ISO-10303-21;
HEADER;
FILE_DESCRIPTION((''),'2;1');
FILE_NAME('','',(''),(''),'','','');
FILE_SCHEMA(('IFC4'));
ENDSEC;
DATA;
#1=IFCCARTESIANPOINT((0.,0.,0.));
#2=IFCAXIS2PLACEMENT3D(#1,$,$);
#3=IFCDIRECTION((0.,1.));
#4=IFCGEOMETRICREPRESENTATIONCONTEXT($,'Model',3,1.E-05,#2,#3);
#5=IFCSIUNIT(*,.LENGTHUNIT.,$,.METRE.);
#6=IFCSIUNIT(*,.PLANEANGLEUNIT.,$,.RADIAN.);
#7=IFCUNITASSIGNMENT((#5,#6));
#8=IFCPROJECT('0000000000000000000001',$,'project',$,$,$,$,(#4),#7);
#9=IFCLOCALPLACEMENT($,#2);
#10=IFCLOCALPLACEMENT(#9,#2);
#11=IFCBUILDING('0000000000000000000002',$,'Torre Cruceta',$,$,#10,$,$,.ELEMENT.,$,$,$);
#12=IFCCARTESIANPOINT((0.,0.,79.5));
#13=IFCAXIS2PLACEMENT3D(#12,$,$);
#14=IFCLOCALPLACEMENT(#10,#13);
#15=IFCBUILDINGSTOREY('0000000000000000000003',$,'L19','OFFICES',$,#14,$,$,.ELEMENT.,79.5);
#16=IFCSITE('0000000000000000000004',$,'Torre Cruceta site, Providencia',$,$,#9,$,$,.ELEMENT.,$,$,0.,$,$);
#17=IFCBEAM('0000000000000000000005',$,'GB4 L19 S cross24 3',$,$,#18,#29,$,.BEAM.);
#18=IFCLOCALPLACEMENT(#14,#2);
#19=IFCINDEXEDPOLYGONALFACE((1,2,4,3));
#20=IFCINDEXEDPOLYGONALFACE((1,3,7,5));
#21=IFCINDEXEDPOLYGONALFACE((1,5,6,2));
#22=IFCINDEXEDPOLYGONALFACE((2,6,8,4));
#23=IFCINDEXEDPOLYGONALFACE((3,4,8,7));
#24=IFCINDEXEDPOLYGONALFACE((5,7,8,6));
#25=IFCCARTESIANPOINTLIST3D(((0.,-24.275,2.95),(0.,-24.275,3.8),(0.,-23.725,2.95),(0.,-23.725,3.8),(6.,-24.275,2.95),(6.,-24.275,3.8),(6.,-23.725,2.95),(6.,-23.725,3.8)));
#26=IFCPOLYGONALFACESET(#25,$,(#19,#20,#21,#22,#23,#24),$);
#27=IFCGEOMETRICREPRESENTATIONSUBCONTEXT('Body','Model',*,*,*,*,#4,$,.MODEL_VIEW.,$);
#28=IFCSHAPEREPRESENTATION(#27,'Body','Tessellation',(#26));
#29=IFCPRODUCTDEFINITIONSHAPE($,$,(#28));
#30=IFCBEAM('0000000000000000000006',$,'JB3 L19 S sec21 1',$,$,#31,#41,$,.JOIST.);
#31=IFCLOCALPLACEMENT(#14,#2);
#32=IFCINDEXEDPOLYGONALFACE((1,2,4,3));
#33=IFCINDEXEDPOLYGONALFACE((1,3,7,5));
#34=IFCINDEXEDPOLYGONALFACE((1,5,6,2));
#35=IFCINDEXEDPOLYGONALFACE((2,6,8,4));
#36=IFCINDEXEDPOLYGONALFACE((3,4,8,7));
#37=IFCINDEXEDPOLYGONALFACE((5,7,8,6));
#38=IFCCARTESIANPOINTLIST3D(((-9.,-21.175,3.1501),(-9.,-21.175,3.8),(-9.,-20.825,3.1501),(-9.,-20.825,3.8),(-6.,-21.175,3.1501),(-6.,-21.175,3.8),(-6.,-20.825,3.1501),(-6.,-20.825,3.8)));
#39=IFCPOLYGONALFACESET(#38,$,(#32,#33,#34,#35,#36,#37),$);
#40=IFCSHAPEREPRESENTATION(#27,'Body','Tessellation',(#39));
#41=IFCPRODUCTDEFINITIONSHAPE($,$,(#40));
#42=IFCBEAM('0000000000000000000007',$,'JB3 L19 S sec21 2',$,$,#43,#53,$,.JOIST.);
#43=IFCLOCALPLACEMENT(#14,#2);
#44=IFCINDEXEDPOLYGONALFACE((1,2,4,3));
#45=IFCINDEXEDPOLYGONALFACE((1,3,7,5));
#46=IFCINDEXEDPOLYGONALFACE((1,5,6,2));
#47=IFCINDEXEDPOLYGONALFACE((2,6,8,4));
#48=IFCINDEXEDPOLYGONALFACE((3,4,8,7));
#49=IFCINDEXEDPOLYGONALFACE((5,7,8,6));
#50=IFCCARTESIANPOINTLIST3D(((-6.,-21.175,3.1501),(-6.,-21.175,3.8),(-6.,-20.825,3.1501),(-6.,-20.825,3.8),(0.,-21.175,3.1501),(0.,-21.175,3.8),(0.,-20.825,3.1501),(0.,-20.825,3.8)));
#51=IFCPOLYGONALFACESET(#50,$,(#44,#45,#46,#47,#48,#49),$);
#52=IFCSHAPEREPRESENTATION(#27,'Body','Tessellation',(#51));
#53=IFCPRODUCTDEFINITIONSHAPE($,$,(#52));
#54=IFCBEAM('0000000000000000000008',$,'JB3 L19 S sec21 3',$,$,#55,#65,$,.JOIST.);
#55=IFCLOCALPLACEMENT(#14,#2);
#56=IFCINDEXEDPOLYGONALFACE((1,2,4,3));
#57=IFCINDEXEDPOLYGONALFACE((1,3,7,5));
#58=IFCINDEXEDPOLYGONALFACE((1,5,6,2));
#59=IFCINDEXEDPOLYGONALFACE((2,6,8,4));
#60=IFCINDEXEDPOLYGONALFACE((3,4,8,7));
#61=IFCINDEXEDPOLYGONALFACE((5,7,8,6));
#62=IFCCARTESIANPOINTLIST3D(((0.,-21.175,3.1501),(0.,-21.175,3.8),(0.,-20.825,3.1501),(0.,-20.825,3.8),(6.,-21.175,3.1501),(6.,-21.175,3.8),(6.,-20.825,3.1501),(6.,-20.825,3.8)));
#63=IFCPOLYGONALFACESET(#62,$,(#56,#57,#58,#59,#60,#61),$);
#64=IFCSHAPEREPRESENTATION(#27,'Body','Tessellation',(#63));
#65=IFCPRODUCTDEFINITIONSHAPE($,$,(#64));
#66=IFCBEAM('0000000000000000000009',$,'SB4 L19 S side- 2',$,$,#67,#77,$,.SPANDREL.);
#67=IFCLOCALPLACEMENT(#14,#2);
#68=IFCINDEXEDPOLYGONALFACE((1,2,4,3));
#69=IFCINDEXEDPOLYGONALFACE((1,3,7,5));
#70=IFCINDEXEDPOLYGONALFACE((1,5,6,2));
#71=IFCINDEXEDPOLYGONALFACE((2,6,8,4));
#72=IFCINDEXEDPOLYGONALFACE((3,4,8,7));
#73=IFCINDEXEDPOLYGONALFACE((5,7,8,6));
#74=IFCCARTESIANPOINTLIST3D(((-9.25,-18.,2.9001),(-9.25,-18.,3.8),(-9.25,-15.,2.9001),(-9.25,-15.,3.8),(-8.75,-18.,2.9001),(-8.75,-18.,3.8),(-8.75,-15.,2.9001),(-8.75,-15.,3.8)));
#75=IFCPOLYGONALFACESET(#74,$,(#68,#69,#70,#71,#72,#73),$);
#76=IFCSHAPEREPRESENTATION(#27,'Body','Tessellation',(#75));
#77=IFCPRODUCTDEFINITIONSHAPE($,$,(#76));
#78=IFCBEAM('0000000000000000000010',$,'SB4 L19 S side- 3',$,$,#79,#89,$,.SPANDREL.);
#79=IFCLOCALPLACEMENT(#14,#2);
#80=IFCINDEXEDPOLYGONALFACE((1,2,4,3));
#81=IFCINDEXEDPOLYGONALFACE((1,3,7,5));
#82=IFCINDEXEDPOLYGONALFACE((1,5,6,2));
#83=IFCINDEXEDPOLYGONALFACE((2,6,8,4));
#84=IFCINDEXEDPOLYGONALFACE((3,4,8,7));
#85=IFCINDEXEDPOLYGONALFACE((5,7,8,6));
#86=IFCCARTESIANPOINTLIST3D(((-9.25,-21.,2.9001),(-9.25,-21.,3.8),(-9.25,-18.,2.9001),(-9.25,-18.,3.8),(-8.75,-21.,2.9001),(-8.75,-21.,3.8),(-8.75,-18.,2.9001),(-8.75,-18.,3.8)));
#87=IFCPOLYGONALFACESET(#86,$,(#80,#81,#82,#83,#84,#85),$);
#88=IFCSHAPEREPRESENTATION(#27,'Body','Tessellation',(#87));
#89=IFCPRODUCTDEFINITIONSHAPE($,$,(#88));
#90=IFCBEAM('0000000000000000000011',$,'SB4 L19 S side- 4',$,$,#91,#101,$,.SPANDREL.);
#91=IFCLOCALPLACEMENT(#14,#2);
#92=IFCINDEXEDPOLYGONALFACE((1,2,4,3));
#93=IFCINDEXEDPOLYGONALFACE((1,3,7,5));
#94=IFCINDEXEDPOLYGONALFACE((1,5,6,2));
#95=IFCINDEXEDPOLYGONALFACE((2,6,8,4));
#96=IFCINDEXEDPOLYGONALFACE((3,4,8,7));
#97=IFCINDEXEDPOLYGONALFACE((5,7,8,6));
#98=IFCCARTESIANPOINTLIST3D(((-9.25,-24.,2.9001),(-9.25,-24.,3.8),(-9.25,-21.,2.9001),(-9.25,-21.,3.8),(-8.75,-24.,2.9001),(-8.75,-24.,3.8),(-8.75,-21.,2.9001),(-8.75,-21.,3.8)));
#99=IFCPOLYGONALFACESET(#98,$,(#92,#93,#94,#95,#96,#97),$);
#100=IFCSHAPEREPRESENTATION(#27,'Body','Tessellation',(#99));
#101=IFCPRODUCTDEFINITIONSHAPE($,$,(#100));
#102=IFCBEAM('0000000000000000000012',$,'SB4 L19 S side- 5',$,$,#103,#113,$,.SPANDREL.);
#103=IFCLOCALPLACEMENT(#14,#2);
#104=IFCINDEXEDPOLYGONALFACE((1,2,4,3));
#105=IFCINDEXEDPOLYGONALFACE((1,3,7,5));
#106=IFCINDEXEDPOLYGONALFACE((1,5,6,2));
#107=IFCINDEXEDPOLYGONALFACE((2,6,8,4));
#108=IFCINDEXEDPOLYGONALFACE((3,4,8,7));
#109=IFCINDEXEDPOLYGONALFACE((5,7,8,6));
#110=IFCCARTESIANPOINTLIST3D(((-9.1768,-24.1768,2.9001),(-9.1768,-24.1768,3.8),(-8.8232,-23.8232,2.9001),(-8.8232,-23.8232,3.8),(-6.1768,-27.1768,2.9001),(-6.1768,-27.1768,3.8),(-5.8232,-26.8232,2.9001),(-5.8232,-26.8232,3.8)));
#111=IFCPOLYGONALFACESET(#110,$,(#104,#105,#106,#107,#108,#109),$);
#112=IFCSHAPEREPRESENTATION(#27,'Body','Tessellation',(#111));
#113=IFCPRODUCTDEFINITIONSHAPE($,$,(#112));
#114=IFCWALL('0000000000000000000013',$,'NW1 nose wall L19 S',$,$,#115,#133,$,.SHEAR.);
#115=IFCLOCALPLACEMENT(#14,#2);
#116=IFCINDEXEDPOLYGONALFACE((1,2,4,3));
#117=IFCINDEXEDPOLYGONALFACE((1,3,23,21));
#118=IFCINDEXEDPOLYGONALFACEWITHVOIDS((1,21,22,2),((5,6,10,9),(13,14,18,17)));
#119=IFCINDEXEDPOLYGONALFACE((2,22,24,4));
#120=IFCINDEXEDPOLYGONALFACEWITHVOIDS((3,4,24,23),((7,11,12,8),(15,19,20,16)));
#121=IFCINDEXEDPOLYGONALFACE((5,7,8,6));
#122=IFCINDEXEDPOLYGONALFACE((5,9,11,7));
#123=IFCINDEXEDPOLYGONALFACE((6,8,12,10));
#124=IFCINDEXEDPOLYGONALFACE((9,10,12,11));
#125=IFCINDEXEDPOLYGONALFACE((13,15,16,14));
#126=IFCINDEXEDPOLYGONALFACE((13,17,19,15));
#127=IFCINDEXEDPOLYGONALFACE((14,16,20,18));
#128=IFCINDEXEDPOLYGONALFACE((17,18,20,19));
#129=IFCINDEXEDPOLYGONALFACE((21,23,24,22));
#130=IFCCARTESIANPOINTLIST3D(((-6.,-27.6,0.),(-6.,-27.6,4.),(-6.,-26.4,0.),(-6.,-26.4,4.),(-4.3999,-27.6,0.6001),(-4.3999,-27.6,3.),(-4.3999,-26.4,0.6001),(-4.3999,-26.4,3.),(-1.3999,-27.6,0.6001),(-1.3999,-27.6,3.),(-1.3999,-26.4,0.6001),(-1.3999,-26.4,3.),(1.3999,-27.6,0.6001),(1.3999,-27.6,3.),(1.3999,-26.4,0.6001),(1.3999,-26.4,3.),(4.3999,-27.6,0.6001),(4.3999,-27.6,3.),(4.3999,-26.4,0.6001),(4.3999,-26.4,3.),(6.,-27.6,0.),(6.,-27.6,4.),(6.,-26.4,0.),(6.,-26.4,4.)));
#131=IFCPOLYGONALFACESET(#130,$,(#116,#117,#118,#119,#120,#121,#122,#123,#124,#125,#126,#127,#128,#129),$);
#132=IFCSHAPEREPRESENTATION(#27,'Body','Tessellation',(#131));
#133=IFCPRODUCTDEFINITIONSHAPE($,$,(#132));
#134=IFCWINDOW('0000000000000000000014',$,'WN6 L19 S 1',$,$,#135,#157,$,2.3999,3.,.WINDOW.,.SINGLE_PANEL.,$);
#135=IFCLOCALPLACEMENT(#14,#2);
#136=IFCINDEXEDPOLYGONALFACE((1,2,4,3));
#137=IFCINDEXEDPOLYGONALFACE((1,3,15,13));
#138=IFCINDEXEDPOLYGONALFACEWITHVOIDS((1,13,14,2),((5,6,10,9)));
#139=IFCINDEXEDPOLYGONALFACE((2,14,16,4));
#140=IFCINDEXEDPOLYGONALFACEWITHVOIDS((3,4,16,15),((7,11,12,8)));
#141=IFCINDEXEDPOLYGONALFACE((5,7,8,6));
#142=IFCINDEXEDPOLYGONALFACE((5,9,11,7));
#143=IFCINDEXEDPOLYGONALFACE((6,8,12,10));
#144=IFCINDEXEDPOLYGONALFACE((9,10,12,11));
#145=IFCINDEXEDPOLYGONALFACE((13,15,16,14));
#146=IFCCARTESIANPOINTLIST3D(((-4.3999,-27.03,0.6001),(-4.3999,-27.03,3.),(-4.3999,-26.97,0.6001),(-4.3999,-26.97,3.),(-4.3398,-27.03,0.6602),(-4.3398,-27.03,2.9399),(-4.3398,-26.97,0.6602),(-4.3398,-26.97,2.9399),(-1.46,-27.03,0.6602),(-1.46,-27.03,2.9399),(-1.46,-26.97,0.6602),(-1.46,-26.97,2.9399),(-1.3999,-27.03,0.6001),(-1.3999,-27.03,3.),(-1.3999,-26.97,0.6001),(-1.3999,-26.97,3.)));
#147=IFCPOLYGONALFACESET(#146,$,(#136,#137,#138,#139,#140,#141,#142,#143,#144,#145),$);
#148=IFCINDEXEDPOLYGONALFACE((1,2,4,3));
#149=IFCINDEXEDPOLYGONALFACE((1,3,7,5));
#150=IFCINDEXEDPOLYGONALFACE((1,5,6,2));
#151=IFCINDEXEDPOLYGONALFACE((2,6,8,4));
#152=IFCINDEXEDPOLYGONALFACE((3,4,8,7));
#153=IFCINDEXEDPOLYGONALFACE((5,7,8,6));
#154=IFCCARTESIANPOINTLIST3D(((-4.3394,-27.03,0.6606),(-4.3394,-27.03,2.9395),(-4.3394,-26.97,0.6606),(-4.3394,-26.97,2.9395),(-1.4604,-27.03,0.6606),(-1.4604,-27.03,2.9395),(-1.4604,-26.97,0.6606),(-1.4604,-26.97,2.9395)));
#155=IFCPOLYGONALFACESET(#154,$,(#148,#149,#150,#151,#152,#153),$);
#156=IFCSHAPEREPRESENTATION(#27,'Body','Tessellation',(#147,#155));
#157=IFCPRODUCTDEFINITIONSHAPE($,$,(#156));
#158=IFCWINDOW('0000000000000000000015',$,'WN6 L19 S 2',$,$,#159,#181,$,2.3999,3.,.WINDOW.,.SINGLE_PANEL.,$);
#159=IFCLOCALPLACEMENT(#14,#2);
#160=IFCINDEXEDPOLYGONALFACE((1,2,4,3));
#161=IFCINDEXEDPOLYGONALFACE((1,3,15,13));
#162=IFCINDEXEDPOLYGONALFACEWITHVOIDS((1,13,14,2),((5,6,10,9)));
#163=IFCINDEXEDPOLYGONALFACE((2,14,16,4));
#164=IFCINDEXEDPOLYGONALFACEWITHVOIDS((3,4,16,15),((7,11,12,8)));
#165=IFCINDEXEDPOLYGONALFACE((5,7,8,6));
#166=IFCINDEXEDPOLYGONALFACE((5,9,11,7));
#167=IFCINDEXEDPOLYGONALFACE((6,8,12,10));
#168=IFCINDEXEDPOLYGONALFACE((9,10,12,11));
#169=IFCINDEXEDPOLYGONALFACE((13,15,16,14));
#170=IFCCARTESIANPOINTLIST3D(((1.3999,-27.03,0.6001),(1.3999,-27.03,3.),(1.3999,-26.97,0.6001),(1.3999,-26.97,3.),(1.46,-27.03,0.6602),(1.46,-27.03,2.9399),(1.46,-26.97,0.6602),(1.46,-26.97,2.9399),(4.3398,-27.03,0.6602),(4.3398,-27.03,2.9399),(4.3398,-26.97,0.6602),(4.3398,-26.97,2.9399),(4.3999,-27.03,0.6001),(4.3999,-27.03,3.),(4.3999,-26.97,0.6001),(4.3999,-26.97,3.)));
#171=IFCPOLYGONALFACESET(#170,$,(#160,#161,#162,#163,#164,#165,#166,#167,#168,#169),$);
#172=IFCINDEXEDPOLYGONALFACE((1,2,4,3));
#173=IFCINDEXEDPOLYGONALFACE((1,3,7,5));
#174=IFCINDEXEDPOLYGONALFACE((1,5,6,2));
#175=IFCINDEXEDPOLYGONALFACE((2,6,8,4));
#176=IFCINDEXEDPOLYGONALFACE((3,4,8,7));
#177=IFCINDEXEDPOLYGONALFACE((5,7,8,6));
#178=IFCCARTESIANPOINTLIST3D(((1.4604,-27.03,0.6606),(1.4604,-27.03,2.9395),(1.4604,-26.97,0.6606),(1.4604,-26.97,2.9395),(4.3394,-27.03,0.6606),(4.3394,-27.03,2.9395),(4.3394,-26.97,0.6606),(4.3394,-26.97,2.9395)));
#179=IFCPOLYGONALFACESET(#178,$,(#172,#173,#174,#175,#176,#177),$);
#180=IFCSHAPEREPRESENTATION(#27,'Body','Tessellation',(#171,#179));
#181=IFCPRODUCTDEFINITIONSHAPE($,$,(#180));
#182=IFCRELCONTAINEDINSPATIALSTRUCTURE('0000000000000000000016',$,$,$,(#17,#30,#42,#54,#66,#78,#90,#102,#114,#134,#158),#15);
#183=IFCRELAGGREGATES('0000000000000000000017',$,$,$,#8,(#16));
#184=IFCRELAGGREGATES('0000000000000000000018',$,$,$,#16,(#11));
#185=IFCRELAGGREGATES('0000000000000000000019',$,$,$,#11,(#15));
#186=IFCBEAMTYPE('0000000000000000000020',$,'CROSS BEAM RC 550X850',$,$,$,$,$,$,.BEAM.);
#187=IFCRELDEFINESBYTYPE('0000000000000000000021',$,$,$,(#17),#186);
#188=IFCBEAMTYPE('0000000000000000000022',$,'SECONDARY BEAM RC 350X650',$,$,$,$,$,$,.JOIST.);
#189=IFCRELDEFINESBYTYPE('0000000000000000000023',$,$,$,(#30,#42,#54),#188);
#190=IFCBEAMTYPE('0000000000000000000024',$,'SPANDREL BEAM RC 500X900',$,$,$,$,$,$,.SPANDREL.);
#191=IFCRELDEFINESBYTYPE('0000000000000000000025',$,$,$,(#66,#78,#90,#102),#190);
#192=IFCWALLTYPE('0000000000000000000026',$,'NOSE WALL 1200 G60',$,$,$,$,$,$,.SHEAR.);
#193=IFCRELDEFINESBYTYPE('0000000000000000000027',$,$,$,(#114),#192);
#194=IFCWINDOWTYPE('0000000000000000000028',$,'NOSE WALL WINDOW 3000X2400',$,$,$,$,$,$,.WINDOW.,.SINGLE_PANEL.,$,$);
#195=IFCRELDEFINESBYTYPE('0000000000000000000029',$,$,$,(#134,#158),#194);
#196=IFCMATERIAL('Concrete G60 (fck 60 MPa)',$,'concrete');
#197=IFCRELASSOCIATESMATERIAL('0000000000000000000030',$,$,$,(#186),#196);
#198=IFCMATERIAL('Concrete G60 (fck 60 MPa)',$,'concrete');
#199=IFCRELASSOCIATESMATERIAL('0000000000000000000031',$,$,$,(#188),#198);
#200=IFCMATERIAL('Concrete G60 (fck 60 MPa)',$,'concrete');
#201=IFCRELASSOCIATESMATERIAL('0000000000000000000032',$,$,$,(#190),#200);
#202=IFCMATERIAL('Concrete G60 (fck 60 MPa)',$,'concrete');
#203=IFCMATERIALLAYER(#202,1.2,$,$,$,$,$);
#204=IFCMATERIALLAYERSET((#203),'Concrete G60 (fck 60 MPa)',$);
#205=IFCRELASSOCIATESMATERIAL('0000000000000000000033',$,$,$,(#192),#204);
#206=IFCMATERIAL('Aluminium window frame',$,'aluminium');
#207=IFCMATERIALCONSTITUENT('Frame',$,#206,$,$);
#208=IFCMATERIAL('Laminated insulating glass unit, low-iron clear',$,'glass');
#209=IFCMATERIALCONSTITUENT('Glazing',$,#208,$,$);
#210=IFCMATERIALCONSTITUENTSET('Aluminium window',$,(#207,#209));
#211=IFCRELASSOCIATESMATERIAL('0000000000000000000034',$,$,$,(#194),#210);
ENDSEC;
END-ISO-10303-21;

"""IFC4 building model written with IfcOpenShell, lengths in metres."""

from ifc_helpers import new_model, si_unit, direction, frame, frame_2d, origin, origin_2d, place, context, subcontext, project, spatial, rectangle, hollow_rectangle, extrude, material, layer, layer_set, constituent, constituent_set, material_profile, profile_set, type_object, element, fill, save


model = new_model("IFC4")

# Units and contexts
model_context = context("Model", 3, precision=1e-05, world=origin(), true_north=direction((0.0, 1.0)))
body_context = subcontext(model_context, "Body", "Model", "MODEL_VIEW")
ifc_project = project(units=[si_unit("LENGTHUNIT", "METRE"), si_unit("PLANEANGLEUNIT", "RADIAN")], contexts=[model_context])

# Site, building, storey
site_placement = place(None, origin())
site = spatial("IfcSite", under=ifc_project, at=site_placement, Name="Torre Cruceta site, Providencia", CompositionType="ELEMENT", RefElevation=0.0)
building_placement = place(site_placement, origin())
building = spatial("IfcBuilding", under=site, at=building_placement, Name="Torre Cruceta", CompositionType="ELEMENT")
storey_placement = place(building_placement, frame((0.0, 0.0, 79.5)))
storey = spatial("IfcBuildingStorey", under=building, at=storey_placement, Name="L19", Description="OFFICES", CompositionType="ELEMENT", Elevation=79.5)

# Beams
ifc_material_1 = material(Name="Concrete G60 (fck 60 MPa)", Category="concrete")
ifc_material_profile_1 = material_profile(ifc_material_1, rectangle(XDim=0.55, YDim=0.8501, at=origin_2d()), Name="RC 550X850")
ifc_profile_set_1 = profile_set([ifc_material_profile_1], Name="Concrete G60 (fck 60 MPa)")
beam_type_1 = type_object("IfcBeamType", Name="CROSS BEAM RC 550X850", PredefinedType="BEAM", material=ifc_profile_set_1)
for number, where, z_axis, x_axis, name in (
    (1, (0.0, -24.0, 3.375), (1.0, 0.0, 0.0), (0.0, 1.0, 0.0), "GB4 L19 S cross24 3"),
):
    element("IfcBeam", number, at=place(storey_placement, frame(where, z_axis=z_axis, x_axis=x_axis)), inside=storey, type_object=beam_type_1, Name=name, PredefinedType="BEAM", context=body_context, shape_type="SweptSolid", body=[
        extrude(rectangle(XDim=0.55, YDim=0.8501, at=origin_2d()), origin(), (0.0, 0.0, 1.0), 6.0),
    ])
ifc_material_2 = material(Name="Concrete G60 (fck 60 MPa)", Category="concrete")
ifc_material_profile_2 = material_profile(ifc_material_2, rectangle(XDim=0.3501, YDim=0.6499, at=origin_2d()), Name="RC 350X650")
ifc_profile_set_2 = profile_set([ifc_material_profile_2], Name="Concrete G60 (fck 60 MPa)")
beam_type_2 = type_object("IfcBeamType", Name="SECONDARY BEAM RC 350X650", PredefinedType="JOIST", material=ifc_profile_set_2)
beam_1_placement = place(storey_placement, frame((-9.0, -21.0, 3.4751), z_axis=(1.0, 0.0, 0.0), x_axis=(0.0, 1.0, 0.0)))
element("IfcBeam", 2, at=beam_1_placement, inside=storey, type_object=beam_type_2, Name="JB3 L19 S sec21 1", PredefinedType="JOIST", context=body_context, shape_type="SweptSolid", body=[
    extrude(rectangle(XDim=0.3501, YDim=0.6499, at=origin_2d()), origin(), (0.0, 0.0, 1.0), 3.0),
])
for number, where, z_axis, x_axis, name in (
    (3, (-6.0, -21.0, 3.4751), (1.0, 0.0, 0.0), (0.0, 1.0, 0.0), "JB3 L19 S sec21 2"),
    (4, (0.0, -21.0, 3.4751), (1.0, 0.0, 0.0), (0.0, 1.0, 0.0), "JB3 L19 S sec21 3"),
):
    element("IfcBeam", number, at=place(storey_placement, frame(where, z_axis=z_axis, x_axis=x_axis)), inside=storey, type_object=beam_type_2, Name=name, PredefinedType="JOIST", context=body_context, shape_type="SweptSolid", body=[
        extrude(rectangle(XDim=0.3501, YDim=0.6499, at=origin_2d()), origin(), (0.0, 0.0, 1.0), 6.0),
    ])
ifc_material_3 = material(Name="Concrete G60 (fck 60 MPa)", Category="concrete")
ifc_material_profile_3 = material_profile(ifc_material_3, rectangle(XDim=0.5, YDim=0.8999, at=origin_2d()), Name="RC 500X900")
ifc_profile_set_3 = profile_set([ifc_material_profile_3], Name="Concrete G60 (fck 60 MPa)")
beam_type_3 = type_object("IfcBeamType", Name="SPANDREL BEAM RC 500X900", PredefinedType="SPANDREL", material=ifc_profile_set_3)
for number, where, z_axis, x_axis, name in (
    (5, (-9.0, -15.0, 3.3501), (0.0, -1.0, 0.0), (1.0, 0.0, 0.0), "SB4 L19 S side- 2"),
    (6, (-9.0, -18.0, 3.3501), (0.0, -1.0, 0.0), (1.0, 0.0, 0.0), "SB4 L19 S side- 3"),
    (7, (-9.0, -21.0, 3.3501), (0.0, -1.0, 0.0), (1.0, 0.0, 0.0), "SB4 L19 S side- 4"),
):
    element("IfcBeam", number, at=place(storey_placement, frame(where, z_axis=z_axis, x_axis=x_axis)), inside=storey, type_object=beam_type_3, Name=name, PredefinedType="SPANDREL", context=body_context, shape_type="SweptSolid", body=[
        extrude(rectangle(XDim=0.5, YDim=0.8999, at=origin_2d()), origin(), (0.0, 0.0, 1.0), 3.0),
    ])
beam_2_placement = place(storey_placement, frame((-9.0, -24.0, 3.3501), z_axis=(0.707107, -0.707107, 0.0), x_axis=(0.707107, 0.707107, 0.0)))
element("IfcBeam", 8, at=beam_2_placement, inside=storey, type_object=beam_type_3, Name="SB4 L19 S side- 5", PredefinedType="SPANDREL", context=body_context, shape_type="SweptSolid", body=[
    extrude(rectangle(XDim=0.5, YDim=0.8999, at=origin_2d()), origin(), (0.0, 0.0, 1.0), 4.2427),
])

# Wall, openings, windows
ifc_material_4 = material(Name="Concrete G60 (fck 60 MPa)", Category="concrete")
ifc_layer_1 = layer(ifc_material_4, 1.2)
ifc_layer_set_1 = layer_set([ifc_layer_1], Name="Concrete G60 (fck 60 MPa)")
wall_type_1 = type_object("IfcWallType", Name="NOSE WALL 1200 G60", PredefinedType="SHEAR", material=ifc_layer_set_1)
wall_1_placement = place(storey_placement, frame((-6.0, -27.0, 0.0), z_axis=(0.0, 0.0, 1.0), x_axis=(1.0, 0.0, 0.0)))
wall_1 = element("IfcWall", 9, at=wall_1_placement, inside=storey, type_object=wall_type_1, Name="NW1 nose wall L19 S", PredefinedType="SHEAR", context=body_context, shape_type="SweptSolid", body=[
    extrude(rectangle(XDim=12.0, YDim=1.2, at=frame_2d((6.0, 0.0))), origin(), (0.0, 0.0, 1.0), 4.0),
])
opening_1_placement = place(wall_1_placement, frame((1.6001, 0.0, 0.6001)))
opening_1 = element("IfcOpeningElement", 10, at=opening_1_placement, cuts=wall_1, PredefinedType="OPENING", context=body_context, shape_type="SweptSolid", body=[
    extrude(rectangle(XDim=3.0, YDim=2.3999, at=frame_2d((1.5, 1.2))), frame((0.0, 0.6099, 0.0), z_axis=(0.0, -1.0, 0.0), x_axis=(1.0, 0.0, 0.0)), (0.0, 0.0, 1.0), 1.22),
])
opening_2_placement = place(wall_1_placement, frame((7.3999, 0.0, 0.6001)))
opening_2 = element("IfcOpeningElement", 11, at=opening_2_placement, cuts=wall_1, PredefinedType="OPENING", context=body_context, shape_type="SweptSolid", body=[
    extrude(rectangle(XDim=3.0, YDim=2.3999, at=frame_2d((1.5, 1.2))), frame((0.0, 0.6099, 0.0), z_axis=(0.0, -1.0, 0.0), x_axis=(1.0, 0.0, 0.0)), (0.0, 0.0, 1.0), 1.22),
])
ifc_material_5 = material(Name="Aluminium window frame", Category="aluminium")
ifc_constituent_1 = constituent(ifc_material_5, Name="Frame")
ifc_material_6 = material(Name="Laminated insulating glass unit, low-iron clear", Category="glass")
ifc_constituent_2 = constituent(ifc_material_6, Name="Glazing")
ifc_constituent_set_1 = constituent_set(constituents=[ifc_constituent_1, ifc_constituent_2], Name="Aluminium window")
window_type = type_object("IfcWindowType", Name="NOSE WALL WINDOW 3000X2400", PartitioningType="SINGLE_PANEL", PredefinedType="WINDOW", material=ifc_constituent_set_1)
window_1_placement = place(opening_1_placement, origin())
window_1 = element("IfcWindow", 12, at=window_1_placement, inside=storey, type_object=window_type, Name="WN6 L19 S 1", OverallHeight=2.3999, OverallWidth=3.0, PartitioningType="SINGLE_PANEL", PredefinedType="WINDOW", context=body_context, shape_type="SweptSolid", body=[
    extrude(hollow_rectangle(XDim=3.0, YDim=2.3999, WallThickness=0.0601, at=frame_2d((1.5, 1.2))), frame((0.0, 0.03, 0.0), z_axis=(0.0, -1.0, 0.0), x_axis=(1.0, 0.0, 0.0)), (0.0, 0.0, 1.0), 0.0601),
    extrude(rectangle(XDim=2.8789, YDim=2.2788, at=frame_2d((1.5, 1.2))), frame((0.0, 0.03, 0.0), z_axis=(0.0, -1.0, 0.0), x_axis=(1.0, 0.0, 0.0)), (0.0, 0.0, 1.0), 0.0601),
])
fill(opening_1, window_1)
window_2_placement = place(opening_2_placement, origin())
window_2 = element("IfcWindow", 13, at=window_2_placement, inside=storey, type_object=window_type, Name="WN6 L19 S 2", OverallHeight=2.3999, OverallWidth=3.0, PartitioningType="SINGLE_PANEL", PredefinedType="WINDOW", context=body_context, shape_type="SweptSolid", body=[
    extrude(hollow_rectangle(XDim=3.0, YDim=2.3999, WallThickness=0.0601, at=frame_2d((1.5, 1.2))), frame((0.0, 0.03, 0.0), z_axis=(0.0, -1.0, 0.0), x_axis=(1.0, 0.0, 0.0)), (0.0, 0.0, 1.0), 0.0601),
    extrude(rectangle(XDim=2.8789, YDim=2.2788, at=frame_2d((1.5, 1.2))), frame((0.0, 0.03, 0.0), z_axis=(0.0, -1.0, 0.0), x_axis=(1.0, 0.0, 0.0)), (0.0, 0.0, 1.0), 0.0601),
])
fill(opening_2, window_2)

save(model, "model.ifc")
